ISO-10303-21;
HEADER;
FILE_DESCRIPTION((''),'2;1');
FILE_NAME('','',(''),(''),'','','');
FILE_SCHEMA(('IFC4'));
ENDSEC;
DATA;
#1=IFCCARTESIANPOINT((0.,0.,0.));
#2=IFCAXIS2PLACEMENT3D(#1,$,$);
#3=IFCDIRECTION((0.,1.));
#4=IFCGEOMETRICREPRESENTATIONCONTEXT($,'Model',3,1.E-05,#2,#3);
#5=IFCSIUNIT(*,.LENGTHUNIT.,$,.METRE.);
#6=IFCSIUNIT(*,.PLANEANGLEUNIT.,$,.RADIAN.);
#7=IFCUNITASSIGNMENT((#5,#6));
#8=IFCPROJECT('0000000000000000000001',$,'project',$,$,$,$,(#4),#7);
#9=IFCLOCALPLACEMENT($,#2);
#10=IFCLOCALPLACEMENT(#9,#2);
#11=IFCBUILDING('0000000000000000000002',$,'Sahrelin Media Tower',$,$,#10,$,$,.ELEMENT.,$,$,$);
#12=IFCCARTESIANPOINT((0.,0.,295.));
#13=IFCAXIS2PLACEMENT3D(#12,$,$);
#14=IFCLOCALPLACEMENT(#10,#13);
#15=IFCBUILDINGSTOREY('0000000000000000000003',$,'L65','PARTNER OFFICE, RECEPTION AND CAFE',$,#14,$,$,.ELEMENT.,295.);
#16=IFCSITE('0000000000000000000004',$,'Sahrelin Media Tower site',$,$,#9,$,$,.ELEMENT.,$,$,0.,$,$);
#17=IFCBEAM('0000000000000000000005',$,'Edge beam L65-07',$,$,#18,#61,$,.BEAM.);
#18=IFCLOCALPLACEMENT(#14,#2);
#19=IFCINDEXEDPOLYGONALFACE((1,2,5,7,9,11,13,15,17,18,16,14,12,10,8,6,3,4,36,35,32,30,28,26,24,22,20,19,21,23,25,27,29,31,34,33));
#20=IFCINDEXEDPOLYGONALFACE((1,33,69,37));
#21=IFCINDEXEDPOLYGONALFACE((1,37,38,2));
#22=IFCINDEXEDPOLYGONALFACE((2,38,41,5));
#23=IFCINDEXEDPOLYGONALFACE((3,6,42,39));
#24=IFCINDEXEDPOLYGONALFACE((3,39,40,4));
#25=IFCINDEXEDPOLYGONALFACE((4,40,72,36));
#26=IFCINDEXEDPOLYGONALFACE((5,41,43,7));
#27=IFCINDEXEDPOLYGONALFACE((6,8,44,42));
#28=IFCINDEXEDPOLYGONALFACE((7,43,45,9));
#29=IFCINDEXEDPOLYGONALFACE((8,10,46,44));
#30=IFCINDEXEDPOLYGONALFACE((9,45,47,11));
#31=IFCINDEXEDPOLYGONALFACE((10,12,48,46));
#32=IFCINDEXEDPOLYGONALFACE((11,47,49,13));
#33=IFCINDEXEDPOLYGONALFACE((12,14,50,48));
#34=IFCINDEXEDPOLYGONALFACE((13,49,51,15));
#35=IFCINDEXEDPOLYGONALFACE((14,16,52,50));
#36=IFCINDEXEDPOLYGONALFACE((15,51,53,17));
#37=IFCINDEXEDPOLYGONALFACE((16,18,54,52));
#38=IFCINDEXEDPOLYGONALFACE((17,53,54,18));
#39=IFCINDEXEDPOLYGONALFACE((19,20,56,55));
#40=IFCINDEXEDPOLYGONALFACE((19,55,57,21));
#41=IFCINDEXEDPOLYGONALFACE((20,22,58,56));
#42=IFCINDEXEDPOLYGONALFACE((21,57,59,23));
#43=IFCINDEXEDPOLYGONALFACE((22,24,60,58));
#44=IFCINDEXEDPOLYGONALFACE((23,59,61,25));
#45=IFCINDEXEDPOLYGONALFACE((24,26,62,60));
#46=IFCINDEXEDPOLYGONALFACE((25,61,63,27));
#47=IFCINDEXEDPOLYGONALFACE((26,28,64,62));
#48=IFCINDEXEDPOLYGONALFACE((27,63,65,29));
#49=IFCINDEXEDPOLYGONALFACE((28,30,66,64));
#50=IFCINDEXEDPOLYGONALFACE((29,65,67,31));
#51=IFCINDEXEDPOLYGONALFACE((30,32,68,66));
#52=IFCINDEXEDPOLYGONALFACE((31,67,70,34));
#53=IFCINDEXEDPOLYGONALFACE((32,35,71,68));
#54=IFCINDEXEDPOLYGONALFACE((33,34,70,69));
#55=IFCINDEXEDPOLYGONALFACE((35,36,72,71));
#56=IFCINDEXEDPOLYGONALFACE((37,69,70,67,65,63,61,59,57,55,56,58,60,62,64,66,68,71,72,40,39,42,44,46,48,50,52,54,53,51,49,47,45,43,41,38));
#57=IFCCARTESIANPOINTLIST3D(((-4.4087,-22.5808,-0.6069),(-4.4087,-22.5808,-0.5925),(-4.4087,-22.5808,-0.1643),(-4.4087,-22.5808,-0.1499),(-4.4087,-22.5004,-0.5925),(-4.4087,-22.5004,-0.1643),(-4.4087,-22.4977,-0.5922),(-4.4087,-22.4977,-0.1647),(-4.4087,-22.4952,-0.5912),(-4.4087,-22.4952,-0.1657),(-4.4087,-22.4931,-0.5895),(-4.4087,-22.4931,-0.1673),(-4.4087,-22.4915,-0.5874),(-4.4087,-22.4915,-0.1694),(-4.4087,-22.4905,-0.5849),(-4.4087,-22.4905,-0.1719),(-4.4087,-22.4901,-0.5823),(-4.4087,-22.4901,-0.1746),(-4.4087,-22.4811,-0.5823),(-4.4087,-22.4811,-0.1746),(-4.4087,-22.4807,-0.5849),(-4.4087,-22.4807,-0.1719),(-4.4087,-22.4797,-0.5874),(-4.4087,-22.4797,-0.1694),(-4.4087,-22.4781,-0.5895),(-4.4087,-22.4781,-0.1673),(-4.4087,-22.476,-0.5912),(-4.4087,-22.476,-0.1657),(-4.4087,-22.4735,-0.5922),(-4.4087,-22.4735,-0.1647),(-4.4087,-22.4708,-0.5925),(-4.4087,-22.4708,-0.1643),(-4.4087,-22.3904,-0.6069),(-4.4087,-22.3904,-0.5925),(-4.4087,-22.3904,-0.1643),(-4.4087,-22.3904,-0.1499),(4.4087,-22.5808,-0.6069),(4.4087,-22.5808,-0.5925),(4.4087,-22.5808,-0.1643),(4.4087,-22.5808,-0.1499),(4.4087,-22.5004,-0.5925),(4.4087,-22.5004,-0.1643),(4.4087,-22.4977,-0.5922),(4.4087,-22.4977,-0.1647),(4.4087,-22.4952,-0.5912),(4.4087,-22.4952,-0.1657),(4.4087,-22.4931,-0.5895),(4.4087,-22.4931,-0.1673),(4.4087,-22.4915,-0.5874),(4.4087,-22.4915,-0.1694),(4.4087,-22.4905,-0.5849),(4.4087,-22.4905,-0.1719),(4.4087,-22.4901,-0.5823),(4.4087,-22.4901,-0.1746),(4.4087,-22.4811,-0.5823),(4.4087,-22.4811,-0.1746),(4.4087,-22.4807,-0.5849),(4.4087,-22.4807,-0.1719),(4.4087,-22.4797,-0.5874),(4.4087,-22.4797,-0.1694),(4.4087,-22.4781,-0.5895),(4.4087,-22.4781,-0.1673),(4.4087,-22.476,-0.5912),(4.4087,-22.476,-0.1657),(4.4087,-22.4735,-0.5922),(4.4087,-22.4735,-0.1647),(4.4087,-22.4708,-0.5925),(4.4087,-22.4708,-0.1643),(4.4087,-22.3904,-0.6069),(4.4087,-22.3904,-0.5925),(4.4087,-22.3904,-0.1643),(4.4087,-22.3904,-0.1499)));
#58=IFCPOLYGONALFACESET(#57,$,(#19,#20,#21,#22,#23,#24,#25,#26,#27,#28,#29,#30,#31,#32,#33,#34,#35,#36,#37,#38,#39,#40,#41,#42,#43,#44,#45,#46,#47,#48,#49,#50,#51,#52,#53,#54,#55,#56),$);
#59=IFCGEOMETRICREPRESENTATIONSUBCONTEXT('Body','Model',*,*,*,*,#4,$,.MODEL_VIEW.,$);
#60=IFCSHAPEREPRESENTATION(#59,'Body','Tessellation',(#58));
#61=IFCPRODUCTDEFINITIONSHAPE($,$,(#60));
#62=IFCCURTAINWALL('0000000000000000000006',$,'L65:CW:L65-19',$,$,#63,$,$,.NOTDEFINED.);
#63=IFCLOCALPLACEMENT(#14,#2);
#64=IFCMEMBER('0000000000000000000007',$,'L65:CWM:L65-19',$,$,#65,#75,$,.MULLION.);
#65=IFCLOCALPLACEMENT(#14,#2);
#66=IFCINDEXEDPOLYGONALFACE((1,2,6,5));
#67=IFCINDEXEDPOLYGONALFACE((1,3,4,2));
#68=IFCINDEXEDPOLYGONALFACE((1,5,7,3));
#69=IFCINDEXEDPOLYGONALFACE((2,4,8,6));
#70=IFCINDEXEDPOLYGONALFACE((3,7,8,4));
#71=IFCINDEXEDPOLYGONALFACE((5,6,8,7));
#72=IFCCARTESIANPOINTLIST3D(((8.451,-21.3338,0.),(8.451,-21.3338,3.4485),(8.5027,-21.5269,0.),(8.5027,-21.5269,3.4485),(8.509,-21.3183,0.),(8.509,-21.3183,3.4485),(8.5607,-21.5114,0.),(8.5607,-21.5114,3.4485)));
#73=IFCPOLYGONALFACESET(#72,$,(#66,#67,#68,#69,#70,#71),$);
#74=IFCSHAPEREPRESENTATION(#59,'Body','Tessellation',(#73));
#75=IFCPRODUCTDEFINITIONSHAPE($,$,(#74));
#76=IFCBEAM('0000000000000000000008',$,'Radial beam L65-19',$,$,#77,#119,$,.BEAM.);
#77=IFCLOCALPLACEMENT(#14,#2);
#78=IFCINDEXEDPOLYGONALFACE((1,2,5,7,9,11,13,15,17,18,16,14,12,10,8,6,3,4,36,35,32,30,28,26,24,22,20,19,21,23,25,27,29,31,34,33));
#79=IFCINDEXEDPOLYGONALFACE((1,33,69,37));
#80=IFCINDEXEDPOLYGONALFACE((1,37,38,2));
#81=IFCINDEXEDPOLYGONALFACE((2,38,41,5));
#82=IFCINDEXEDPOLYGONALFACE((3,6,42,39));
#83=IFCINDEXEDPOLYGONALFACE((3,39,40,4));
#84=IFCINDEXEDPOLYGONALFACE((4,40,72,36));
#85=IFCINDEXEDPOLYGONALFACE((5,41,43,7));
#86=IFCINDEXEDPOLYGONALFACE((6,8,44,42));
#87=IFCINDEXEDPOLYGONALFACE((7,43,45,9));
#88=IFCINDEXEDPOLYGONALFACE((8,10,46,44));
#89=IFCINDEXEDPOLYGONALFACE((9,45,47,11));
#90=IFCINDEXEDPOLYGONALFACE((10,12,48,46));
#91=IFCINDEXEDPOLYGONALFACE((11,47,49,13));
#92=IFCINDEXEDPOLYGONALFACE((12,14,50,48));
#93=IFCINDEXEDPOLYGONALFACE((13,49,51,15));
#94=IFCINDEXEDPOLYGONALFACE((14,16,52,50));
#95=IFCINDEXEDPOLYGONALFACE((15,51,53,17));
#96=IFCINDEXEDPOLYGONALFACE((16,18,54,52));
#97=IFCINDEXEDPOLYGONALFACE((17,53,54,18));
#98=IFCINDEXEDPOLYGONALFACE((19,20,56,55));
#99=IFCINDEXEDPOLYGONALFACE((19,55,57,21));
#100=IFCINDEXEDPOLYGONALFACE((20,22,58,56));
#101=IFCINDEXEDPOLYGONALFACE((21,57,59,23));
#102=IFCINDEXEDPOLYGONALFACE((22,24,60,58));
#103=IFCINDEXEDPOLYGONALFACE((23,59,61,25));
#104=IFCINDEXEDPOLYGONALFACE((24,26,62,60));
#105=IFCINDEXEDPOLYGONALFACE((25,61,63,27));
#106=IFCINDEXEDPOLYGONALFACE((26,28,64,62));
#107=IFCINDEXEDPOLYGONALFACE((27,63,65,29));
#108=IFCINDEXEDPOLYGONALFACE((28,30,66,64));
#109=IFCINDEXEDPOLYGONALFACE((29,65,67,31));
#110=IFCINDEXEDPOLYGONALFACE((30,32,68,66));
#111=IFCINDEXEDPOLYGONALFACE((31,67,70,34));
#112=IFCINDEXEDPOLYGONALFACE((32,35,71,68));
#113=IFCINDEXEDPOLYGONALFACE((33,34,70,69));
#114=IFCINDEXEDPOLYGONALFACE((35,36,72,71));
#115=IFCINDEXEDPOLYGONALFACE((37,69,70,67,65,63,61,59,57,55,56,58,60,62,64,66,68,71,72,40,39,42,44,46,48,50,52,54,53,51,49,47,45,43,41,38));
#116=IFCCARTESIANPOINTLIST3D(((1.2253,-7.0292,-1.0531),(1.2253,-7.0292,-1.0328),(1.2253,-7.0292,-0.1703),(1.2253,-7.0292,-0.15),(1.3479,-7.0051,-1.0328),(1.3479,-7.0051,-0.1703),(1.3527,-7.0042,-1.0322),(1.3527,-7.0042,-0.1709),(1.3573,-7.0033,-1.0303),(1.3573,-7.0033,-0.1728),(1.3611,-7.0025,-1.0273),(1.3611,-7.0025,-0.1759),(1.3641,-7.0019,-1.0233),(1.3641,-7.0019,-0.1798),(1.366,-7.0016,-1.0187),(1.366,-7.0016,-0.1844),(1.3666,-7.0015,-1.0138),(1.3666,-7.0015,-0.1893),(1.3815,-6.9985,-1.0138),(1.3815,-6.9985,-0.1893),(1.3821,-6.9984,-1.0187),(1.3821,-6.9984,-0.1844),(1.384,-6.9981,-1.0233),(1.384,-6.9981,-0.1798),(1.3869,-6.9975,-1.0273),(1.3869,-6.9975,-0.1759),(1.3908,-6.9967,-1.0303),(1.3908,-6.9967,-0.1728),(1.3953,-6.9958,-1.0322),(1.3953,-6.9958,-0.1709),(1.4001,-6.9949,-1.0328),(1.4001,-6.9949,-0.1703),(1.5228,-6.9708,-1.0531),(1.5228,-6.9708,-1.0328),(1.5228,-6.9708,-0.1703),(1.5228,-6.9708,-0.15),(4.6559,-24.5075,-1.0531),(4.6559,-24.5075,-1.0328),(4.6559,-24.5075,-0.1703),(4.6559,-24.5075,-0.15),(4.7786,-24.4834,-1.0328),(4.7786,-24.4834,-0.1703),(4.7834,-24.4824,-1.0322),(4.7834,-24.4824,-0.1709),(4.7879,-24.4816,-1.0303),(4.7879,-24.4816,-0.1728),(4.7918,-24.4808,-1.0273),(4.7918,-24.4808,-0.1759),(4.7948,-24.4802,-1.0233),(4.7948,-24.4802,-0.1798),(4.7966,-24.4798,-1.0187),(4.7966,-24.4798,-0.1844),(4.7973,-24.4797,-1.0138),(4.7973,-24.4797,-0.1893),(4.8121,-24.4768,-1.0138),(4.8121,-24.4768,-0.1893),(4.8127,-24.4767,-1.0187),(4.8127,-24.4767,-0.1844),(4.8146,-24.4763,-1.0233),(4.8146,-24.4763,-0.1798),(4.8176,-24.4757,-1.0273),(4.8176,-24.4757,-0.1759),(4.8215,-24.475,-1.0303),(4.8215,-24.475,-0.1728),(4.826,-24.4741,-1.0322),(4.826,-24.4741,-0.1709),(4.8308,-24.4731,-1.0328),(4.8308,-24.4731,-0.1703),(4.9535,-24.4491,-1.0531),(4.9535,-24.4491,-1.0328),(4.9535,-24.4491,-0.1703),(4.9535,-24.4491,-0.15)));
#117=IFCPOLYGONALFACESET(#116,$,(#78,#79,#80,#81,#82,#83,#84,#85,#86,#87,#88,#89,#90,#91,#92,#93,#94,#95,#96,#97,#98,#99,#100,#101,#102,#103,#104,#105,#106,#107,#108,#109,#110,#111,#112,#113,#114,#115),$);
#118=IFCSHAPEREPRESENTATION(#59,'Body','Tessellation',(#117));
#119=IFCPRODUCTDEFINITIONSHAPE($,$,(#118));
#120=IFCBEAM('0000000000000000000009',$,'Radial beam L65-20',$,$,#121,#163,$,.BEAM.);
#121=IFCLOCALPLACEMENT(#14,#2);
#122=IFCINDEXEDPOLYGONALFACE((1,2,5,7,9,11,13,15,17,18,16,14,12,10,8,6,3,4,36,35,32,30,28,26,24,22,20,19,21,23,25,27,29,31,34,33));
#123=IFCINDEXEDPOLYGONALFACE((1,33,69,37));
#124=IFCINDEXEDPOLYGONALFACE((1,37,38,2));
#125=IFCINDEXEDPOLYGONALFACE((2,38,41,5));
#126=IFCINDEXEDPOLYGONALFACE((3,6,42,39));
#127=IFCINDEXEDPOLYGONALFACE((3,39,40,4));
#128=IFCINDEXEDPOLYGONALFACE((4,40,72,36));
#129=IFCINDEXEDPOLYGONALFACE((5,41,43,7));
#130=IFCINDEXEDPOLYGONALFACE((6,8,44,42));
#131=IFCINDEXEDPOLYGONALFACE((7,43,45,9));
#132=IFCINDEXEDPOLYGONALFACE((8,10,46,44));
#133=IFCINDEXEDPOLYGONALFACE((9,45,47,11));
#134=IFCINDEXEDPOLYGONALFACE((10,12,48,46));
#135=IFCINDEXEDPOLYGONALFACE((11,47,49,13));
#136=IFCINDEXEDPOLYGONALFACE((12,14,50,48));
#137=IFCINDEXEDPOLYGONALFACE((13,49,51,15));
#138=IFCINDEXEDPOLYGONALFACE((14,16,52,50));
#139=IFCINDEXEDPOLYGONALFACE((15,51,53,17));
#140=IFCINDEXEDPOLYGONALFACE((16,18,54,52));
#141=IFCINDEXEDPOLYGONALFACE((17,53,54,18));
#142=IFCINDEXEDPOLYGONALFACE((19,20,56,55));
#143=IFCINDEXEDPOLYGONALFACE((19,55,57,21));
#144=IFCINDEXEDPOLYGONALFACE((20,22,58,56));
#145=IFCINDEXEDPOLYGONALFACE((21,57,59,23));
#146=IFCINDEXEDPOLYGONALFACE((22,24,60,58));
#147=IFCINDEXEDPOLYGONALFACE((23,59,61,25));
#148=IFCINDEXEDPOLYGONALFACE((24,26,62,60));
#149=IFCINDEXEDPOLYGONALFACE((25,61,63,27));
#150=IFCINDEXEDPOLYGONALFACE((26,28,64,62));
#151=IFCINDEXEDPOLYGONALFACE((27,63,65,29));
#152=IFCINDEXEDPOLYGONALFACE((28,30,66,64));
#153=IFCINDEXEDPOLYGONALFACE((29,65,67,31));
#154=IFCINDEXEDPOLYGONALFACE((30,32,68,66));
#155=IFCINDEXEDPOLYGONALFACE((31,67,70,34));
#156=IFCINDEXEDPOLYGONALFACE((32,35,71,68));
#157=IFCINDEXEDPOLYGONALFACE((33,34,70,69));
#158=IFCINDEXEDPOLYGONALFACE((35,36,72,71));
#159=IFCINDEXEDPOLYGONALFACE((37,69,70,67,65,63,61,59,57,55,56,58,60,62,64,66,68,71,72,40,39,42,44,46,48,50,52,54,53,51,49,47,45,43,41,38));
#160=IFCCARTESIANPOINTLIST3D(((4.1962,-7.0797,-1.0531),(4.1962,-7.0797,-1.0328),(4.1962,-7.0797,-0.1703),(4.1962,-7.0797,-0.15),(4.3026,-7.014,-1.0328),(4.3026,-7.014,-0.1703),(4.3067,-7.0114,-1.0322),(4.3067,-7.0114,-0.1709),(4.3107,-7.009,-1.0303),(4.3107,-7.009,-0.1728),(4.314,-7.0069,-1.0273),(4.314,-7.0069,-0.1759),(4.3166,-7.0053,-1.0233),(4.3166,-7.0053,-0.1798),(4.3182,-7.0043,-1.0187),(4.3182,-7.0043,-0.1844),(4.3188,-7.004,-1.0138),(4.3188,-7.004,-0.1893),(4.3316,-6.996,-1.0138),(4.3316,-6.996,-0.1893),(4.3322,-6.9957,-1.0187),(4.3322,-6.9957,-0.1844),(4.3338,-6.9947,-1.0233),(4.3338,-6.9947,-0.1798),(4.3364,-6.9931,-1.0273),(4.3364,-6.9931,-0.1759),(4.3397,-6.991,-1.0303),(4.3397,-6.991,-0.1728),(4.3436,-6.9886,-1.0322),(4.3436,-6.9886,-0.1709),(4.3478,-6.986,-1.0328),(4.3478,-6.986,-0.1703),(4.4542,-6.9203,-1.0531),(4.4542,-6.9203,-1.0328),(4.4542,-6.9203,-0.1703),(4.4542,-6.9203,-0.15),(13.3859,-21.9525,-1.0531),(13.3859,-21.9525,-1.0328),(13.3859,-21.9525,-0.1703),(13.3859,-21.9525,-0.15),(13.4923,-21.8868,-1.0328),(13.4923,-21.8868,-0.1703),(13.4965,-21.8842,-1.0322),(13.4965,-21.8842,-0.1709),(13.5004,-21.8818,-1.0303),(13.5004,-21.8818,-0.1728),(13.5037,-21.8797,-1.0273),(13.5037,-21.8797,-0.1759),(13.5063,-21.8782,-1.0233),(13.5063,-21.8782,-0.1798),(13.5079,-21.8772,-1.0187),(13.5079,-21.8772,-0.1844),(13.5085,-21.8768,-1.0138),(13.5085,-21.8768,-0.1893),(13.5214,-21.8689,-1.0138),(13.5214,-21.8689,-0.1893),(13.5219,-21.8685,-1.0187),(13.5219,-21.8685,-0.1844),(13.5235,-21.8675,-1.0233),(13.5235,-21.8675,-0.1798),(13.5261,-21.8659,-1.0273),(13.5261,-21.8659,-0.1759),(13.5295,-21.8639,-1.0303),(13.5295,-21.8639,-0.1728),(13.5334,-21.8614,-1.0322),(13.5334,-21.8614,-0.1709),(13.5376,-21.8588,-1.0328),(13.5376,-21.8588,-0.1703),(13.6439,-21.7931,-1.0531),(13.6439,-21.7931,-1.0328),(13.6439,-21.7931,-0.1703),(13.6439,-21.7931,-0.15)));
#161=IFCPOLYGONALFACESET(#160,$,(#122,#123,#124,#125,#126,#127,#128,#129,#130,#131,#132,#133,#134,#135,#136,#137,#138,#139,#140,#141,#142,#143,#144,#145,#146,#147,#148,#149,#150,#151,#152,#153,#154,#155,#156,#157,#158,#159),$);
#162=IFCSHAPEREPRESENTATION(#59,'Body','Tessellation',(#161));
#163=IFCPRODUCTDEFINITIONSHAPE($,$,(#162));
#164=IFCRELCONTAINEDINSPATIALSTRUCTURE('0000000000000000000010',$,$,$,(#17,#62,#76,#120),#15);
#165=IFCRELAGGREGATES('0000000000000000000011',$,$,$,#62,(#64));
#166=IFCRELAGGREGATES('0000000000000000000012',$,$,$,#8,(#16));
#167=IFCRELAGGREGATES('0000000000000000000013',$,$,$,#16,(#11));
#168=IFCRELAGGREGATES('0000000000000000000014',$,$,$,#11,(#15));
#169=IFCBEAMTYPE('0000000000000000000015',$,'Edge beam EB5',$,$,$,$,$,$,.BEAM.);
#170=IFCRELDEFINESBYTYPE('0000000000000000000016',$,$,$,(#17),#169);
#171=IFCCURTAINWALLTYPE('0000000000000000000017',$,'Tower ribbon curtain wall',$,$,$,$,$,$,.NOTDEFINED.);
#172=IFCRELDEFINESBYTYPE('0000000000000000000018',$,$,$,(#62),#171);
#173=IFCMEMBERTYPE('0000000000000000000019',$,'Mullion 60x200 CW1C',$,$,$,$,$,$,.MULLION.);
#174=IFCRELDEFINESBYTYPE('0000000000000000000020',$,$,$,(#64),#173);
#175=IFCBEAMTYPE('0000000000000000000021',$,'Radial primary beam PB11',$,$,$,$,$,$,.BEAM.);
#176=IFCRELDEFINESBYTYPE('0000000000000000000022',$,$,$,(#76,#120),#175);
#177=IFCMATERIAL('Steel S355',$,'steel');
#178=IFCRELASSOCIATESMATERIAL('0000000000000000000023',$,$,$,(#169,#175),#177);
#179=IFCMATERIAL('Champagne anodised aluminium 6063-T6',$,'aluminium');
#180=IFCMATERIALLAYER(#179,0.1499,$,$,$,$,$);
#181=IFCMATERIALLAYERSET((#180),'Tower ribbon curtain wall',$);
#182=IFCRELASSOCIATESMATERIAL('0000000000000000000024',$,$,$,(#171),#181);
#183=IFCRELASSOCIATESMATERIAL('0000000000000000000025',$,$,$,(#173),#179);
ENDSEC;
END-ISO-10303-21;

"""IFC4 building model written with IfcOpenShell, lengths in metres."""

from ifc_helpers import new_model, si_unit, direction, frame, origin, origin_2d, place, context, subcontext, project, spatial, rectangle, i_section, extrude, material, layer, layer_set, material_profile, profile_set, type_object, element, aggregate, save


model = new_model("IFC4")

# Units and contexts
model_context = context("Model", 3, precision=1e-05, world=origin(), true_north=direction((0.0, 1.0)))
body_context = subcontext(model_context, "Body", "Model", "MODEL_VIEW")
ifc_project = project(units=[si_unit("LENGTHUNIT", "METRE"), si_unit("PLANEANGLEUNIT", "RADIAN")], contexts=[model_context])

# Site, building, storey
site_placement = place(None, origin())
site = spatial("IfcSite", under=ifc_project, at=site_placement, Name="Sahrelin Media Tower site", CompositionType="ELEMENT", RefElevation=0.0)
building_placement = place(site_placement, origin())
building = spatial("IfcBuilding", under=site, at=building_placement, Name="Sahrelin Media Tower", CompositionType="ELEMENT")
storey_placement = place(building_placement, frame((0.0, 0.0, 295.0)))
storey = spatial("IfcBuildingStorey", under=building, at=storey_placement, Name="L65", Description="PARTNER OFFICE, RECEPTION AND CAFE", CompositionType="ELEMENT", Elevation=295.0)

# Beam
ifc_material_1 = material(Name="Steel S355", Category="steel")
ifc_material_profile_1 = material_profile(ifc_material_1, i_section(OverallWidth=0.1904, OverallDepth=0.457, WebThickness=0.009, FlangeThickness=0.0144, FilletRadius=0.0103, at=origin_2d()), Name="UB 457x191x74")
ifc_profile_set_1 = profile_set([ifc_material_profile_1], Name="Steel S355")
beam_type_1 = type_object("IfcBeamType", Name="Edge beam EB5", PredefinedType="BEAM", material=ifc_profile_set_1)
beam_1_placement = place(storey_placement, frame((4.4087, -22.4856, -0.3784), z_axis=(-1.0, 0.0, 0.0), x_axis=(0.0, -1.0, 0.0)))
element("IfcBeam", 1, at=beam_1_placement, inside=storey, type_object=beam_type_1, Name="Edge beam L65-07", PredefinedType="BEAM", context=body_context, shape_type="SweptSolid", body=[
    extrude(i_section(OverallWidth=0.1904, OverallDepth=0.457, WebThickness=0.009, FlangeThickness=0.0144, FilletRadius=0.0103, at=origin_2d()), origin(), (0.0, 0.0, 1.0), 8.8174),
])

# Curtain wall, member
ifc_material_2 = material(Name="Champagne anodised aluminium 6063-T6", Category="aluminium")
ifc_layer_1 = layer(ifc_material_2, 0.1499)
ifc_layer_set_1 = layer_set([ifc_layer_1], Name="Tower ribbon curtain wall")
curtain_wall_type = type_object("IfcCurtainWallType", Name="Tower ribbon curtain wall", PredefinedType="NOTDEFINED", material=ifc_layer_set_1)
curtain_wall_placement = place(storey_placement, frame((8.5369, -21.5386, 0.0), z_axis=(0.0, 0.0, 1.0), x_axis=(1.0, 0.0, 0.0)))
curtain_wall = element("IfcCurtainWall", 2, at=curtain_wall_placement, inside=storey, type_object=curtain_wall_type, Name="L65:CW:L65-19", PredefinedType="NOTDEFINED")
ifc_material_profile_2 = material_profile(ifc_material_2, rectangle(XDim=0.0601, YDim=0.2, at=origin_2d()), Name="Mullion 60x200")
ifc_profile_set_2 = profile_set([ifc_material_profile_2], Name="Champagne anodised aluminium 6063-T6")
member_type_1 = type_object("IfcMemberType", Name="Mullion 60x200 CW1C", PredefinedType="MULLION", material=ifc_profile_set_2)
member_1_placement = place(storey_placement, frame((8.5059, -21.4226, 0.0), z_axis=(0.0, 0.0, 1.0), x_axis=(0.965928, 0.258812, 0.0)))
member_1 = element("IfcMember", 3, at=member_1_placement, type_object=member_type_1, Name="L65:CWM:L65-19", PredefinedType="MULLION", context=body_context, shape_type="SweptSolid", body=[
    extrude(rectangle(XDim=0.0601, YDim=0.2, at=origin_2d()), origin(), (0.0, 0.0, 1.0), 3.4485),
])

# Beams
ifc_material_profile_3 = material_profile(ifc_material_1, i_section(OverallWidth=0.3032, OverallDepth=0.9031, WebThickness=0.0151, FlangeThickness=0.0203, FilletRadius=0.019, at=origin_2d()), Name="UB 914x305x201")
ifc_profile_set_3 = profile_set([ifc_material_profile_3], Name="Steel S355")
beam_type_2 = type_object("IfcBeamType", Name="Radial primary beam PB11", PredefinedType="BEAM", material=ifc_profile_set_3)
beam_2_placement = place(storey_placement, frame((1.374, -7.0, -0.6016), z_axis=(0.192606, -0.981276, 0.0), x_axis=(0.981276, 0.192606, 0.0)))
element("IfcBeam", 4, at=beam_2_placement, inside=storey, type_object=beam_type_2, Name="Radial beam L65-19", PredefinedType="BEAM", context=body_context, shape_type="SweptSolid", body=[
    extrude(i_section(OverallWidth=0.3032, OverallDepth=0.9031, WebThickness=0.0151, FlangeThickness=0.0203, FilletRadius=0.019, at=origin_2d()), origin(), (0.0, 0.0, 1.0), 17.8118),
])
beam_3_placement = place(storey_placement, frame((4.3252, -7.0, -0.6016), z_axis=(0.52564, -0.850707, 0.0), x_axis=(0.850707, 0.52564, 0.0)))
element("IfcBeam", 5, at=beam_3_placement, inside=storey, type_object=beam_type_2, Name="Radial beam L65-20", PredefinedType="BEAM", context=body_context, shape_type="SweptSolid", body=[
    extrude(i_section(OverallWidth=0.3032, OverallDepth=0.9031, WebThickness=0.0151, FlangeThickness=0.0203, FilletRadius=0.019, at=origin_2d()), origin(), (0.0, 0.0, 1.0), 17.4829),
])

aggregate(curtain_wall, [member_1])

save(model, "model.ifc")
